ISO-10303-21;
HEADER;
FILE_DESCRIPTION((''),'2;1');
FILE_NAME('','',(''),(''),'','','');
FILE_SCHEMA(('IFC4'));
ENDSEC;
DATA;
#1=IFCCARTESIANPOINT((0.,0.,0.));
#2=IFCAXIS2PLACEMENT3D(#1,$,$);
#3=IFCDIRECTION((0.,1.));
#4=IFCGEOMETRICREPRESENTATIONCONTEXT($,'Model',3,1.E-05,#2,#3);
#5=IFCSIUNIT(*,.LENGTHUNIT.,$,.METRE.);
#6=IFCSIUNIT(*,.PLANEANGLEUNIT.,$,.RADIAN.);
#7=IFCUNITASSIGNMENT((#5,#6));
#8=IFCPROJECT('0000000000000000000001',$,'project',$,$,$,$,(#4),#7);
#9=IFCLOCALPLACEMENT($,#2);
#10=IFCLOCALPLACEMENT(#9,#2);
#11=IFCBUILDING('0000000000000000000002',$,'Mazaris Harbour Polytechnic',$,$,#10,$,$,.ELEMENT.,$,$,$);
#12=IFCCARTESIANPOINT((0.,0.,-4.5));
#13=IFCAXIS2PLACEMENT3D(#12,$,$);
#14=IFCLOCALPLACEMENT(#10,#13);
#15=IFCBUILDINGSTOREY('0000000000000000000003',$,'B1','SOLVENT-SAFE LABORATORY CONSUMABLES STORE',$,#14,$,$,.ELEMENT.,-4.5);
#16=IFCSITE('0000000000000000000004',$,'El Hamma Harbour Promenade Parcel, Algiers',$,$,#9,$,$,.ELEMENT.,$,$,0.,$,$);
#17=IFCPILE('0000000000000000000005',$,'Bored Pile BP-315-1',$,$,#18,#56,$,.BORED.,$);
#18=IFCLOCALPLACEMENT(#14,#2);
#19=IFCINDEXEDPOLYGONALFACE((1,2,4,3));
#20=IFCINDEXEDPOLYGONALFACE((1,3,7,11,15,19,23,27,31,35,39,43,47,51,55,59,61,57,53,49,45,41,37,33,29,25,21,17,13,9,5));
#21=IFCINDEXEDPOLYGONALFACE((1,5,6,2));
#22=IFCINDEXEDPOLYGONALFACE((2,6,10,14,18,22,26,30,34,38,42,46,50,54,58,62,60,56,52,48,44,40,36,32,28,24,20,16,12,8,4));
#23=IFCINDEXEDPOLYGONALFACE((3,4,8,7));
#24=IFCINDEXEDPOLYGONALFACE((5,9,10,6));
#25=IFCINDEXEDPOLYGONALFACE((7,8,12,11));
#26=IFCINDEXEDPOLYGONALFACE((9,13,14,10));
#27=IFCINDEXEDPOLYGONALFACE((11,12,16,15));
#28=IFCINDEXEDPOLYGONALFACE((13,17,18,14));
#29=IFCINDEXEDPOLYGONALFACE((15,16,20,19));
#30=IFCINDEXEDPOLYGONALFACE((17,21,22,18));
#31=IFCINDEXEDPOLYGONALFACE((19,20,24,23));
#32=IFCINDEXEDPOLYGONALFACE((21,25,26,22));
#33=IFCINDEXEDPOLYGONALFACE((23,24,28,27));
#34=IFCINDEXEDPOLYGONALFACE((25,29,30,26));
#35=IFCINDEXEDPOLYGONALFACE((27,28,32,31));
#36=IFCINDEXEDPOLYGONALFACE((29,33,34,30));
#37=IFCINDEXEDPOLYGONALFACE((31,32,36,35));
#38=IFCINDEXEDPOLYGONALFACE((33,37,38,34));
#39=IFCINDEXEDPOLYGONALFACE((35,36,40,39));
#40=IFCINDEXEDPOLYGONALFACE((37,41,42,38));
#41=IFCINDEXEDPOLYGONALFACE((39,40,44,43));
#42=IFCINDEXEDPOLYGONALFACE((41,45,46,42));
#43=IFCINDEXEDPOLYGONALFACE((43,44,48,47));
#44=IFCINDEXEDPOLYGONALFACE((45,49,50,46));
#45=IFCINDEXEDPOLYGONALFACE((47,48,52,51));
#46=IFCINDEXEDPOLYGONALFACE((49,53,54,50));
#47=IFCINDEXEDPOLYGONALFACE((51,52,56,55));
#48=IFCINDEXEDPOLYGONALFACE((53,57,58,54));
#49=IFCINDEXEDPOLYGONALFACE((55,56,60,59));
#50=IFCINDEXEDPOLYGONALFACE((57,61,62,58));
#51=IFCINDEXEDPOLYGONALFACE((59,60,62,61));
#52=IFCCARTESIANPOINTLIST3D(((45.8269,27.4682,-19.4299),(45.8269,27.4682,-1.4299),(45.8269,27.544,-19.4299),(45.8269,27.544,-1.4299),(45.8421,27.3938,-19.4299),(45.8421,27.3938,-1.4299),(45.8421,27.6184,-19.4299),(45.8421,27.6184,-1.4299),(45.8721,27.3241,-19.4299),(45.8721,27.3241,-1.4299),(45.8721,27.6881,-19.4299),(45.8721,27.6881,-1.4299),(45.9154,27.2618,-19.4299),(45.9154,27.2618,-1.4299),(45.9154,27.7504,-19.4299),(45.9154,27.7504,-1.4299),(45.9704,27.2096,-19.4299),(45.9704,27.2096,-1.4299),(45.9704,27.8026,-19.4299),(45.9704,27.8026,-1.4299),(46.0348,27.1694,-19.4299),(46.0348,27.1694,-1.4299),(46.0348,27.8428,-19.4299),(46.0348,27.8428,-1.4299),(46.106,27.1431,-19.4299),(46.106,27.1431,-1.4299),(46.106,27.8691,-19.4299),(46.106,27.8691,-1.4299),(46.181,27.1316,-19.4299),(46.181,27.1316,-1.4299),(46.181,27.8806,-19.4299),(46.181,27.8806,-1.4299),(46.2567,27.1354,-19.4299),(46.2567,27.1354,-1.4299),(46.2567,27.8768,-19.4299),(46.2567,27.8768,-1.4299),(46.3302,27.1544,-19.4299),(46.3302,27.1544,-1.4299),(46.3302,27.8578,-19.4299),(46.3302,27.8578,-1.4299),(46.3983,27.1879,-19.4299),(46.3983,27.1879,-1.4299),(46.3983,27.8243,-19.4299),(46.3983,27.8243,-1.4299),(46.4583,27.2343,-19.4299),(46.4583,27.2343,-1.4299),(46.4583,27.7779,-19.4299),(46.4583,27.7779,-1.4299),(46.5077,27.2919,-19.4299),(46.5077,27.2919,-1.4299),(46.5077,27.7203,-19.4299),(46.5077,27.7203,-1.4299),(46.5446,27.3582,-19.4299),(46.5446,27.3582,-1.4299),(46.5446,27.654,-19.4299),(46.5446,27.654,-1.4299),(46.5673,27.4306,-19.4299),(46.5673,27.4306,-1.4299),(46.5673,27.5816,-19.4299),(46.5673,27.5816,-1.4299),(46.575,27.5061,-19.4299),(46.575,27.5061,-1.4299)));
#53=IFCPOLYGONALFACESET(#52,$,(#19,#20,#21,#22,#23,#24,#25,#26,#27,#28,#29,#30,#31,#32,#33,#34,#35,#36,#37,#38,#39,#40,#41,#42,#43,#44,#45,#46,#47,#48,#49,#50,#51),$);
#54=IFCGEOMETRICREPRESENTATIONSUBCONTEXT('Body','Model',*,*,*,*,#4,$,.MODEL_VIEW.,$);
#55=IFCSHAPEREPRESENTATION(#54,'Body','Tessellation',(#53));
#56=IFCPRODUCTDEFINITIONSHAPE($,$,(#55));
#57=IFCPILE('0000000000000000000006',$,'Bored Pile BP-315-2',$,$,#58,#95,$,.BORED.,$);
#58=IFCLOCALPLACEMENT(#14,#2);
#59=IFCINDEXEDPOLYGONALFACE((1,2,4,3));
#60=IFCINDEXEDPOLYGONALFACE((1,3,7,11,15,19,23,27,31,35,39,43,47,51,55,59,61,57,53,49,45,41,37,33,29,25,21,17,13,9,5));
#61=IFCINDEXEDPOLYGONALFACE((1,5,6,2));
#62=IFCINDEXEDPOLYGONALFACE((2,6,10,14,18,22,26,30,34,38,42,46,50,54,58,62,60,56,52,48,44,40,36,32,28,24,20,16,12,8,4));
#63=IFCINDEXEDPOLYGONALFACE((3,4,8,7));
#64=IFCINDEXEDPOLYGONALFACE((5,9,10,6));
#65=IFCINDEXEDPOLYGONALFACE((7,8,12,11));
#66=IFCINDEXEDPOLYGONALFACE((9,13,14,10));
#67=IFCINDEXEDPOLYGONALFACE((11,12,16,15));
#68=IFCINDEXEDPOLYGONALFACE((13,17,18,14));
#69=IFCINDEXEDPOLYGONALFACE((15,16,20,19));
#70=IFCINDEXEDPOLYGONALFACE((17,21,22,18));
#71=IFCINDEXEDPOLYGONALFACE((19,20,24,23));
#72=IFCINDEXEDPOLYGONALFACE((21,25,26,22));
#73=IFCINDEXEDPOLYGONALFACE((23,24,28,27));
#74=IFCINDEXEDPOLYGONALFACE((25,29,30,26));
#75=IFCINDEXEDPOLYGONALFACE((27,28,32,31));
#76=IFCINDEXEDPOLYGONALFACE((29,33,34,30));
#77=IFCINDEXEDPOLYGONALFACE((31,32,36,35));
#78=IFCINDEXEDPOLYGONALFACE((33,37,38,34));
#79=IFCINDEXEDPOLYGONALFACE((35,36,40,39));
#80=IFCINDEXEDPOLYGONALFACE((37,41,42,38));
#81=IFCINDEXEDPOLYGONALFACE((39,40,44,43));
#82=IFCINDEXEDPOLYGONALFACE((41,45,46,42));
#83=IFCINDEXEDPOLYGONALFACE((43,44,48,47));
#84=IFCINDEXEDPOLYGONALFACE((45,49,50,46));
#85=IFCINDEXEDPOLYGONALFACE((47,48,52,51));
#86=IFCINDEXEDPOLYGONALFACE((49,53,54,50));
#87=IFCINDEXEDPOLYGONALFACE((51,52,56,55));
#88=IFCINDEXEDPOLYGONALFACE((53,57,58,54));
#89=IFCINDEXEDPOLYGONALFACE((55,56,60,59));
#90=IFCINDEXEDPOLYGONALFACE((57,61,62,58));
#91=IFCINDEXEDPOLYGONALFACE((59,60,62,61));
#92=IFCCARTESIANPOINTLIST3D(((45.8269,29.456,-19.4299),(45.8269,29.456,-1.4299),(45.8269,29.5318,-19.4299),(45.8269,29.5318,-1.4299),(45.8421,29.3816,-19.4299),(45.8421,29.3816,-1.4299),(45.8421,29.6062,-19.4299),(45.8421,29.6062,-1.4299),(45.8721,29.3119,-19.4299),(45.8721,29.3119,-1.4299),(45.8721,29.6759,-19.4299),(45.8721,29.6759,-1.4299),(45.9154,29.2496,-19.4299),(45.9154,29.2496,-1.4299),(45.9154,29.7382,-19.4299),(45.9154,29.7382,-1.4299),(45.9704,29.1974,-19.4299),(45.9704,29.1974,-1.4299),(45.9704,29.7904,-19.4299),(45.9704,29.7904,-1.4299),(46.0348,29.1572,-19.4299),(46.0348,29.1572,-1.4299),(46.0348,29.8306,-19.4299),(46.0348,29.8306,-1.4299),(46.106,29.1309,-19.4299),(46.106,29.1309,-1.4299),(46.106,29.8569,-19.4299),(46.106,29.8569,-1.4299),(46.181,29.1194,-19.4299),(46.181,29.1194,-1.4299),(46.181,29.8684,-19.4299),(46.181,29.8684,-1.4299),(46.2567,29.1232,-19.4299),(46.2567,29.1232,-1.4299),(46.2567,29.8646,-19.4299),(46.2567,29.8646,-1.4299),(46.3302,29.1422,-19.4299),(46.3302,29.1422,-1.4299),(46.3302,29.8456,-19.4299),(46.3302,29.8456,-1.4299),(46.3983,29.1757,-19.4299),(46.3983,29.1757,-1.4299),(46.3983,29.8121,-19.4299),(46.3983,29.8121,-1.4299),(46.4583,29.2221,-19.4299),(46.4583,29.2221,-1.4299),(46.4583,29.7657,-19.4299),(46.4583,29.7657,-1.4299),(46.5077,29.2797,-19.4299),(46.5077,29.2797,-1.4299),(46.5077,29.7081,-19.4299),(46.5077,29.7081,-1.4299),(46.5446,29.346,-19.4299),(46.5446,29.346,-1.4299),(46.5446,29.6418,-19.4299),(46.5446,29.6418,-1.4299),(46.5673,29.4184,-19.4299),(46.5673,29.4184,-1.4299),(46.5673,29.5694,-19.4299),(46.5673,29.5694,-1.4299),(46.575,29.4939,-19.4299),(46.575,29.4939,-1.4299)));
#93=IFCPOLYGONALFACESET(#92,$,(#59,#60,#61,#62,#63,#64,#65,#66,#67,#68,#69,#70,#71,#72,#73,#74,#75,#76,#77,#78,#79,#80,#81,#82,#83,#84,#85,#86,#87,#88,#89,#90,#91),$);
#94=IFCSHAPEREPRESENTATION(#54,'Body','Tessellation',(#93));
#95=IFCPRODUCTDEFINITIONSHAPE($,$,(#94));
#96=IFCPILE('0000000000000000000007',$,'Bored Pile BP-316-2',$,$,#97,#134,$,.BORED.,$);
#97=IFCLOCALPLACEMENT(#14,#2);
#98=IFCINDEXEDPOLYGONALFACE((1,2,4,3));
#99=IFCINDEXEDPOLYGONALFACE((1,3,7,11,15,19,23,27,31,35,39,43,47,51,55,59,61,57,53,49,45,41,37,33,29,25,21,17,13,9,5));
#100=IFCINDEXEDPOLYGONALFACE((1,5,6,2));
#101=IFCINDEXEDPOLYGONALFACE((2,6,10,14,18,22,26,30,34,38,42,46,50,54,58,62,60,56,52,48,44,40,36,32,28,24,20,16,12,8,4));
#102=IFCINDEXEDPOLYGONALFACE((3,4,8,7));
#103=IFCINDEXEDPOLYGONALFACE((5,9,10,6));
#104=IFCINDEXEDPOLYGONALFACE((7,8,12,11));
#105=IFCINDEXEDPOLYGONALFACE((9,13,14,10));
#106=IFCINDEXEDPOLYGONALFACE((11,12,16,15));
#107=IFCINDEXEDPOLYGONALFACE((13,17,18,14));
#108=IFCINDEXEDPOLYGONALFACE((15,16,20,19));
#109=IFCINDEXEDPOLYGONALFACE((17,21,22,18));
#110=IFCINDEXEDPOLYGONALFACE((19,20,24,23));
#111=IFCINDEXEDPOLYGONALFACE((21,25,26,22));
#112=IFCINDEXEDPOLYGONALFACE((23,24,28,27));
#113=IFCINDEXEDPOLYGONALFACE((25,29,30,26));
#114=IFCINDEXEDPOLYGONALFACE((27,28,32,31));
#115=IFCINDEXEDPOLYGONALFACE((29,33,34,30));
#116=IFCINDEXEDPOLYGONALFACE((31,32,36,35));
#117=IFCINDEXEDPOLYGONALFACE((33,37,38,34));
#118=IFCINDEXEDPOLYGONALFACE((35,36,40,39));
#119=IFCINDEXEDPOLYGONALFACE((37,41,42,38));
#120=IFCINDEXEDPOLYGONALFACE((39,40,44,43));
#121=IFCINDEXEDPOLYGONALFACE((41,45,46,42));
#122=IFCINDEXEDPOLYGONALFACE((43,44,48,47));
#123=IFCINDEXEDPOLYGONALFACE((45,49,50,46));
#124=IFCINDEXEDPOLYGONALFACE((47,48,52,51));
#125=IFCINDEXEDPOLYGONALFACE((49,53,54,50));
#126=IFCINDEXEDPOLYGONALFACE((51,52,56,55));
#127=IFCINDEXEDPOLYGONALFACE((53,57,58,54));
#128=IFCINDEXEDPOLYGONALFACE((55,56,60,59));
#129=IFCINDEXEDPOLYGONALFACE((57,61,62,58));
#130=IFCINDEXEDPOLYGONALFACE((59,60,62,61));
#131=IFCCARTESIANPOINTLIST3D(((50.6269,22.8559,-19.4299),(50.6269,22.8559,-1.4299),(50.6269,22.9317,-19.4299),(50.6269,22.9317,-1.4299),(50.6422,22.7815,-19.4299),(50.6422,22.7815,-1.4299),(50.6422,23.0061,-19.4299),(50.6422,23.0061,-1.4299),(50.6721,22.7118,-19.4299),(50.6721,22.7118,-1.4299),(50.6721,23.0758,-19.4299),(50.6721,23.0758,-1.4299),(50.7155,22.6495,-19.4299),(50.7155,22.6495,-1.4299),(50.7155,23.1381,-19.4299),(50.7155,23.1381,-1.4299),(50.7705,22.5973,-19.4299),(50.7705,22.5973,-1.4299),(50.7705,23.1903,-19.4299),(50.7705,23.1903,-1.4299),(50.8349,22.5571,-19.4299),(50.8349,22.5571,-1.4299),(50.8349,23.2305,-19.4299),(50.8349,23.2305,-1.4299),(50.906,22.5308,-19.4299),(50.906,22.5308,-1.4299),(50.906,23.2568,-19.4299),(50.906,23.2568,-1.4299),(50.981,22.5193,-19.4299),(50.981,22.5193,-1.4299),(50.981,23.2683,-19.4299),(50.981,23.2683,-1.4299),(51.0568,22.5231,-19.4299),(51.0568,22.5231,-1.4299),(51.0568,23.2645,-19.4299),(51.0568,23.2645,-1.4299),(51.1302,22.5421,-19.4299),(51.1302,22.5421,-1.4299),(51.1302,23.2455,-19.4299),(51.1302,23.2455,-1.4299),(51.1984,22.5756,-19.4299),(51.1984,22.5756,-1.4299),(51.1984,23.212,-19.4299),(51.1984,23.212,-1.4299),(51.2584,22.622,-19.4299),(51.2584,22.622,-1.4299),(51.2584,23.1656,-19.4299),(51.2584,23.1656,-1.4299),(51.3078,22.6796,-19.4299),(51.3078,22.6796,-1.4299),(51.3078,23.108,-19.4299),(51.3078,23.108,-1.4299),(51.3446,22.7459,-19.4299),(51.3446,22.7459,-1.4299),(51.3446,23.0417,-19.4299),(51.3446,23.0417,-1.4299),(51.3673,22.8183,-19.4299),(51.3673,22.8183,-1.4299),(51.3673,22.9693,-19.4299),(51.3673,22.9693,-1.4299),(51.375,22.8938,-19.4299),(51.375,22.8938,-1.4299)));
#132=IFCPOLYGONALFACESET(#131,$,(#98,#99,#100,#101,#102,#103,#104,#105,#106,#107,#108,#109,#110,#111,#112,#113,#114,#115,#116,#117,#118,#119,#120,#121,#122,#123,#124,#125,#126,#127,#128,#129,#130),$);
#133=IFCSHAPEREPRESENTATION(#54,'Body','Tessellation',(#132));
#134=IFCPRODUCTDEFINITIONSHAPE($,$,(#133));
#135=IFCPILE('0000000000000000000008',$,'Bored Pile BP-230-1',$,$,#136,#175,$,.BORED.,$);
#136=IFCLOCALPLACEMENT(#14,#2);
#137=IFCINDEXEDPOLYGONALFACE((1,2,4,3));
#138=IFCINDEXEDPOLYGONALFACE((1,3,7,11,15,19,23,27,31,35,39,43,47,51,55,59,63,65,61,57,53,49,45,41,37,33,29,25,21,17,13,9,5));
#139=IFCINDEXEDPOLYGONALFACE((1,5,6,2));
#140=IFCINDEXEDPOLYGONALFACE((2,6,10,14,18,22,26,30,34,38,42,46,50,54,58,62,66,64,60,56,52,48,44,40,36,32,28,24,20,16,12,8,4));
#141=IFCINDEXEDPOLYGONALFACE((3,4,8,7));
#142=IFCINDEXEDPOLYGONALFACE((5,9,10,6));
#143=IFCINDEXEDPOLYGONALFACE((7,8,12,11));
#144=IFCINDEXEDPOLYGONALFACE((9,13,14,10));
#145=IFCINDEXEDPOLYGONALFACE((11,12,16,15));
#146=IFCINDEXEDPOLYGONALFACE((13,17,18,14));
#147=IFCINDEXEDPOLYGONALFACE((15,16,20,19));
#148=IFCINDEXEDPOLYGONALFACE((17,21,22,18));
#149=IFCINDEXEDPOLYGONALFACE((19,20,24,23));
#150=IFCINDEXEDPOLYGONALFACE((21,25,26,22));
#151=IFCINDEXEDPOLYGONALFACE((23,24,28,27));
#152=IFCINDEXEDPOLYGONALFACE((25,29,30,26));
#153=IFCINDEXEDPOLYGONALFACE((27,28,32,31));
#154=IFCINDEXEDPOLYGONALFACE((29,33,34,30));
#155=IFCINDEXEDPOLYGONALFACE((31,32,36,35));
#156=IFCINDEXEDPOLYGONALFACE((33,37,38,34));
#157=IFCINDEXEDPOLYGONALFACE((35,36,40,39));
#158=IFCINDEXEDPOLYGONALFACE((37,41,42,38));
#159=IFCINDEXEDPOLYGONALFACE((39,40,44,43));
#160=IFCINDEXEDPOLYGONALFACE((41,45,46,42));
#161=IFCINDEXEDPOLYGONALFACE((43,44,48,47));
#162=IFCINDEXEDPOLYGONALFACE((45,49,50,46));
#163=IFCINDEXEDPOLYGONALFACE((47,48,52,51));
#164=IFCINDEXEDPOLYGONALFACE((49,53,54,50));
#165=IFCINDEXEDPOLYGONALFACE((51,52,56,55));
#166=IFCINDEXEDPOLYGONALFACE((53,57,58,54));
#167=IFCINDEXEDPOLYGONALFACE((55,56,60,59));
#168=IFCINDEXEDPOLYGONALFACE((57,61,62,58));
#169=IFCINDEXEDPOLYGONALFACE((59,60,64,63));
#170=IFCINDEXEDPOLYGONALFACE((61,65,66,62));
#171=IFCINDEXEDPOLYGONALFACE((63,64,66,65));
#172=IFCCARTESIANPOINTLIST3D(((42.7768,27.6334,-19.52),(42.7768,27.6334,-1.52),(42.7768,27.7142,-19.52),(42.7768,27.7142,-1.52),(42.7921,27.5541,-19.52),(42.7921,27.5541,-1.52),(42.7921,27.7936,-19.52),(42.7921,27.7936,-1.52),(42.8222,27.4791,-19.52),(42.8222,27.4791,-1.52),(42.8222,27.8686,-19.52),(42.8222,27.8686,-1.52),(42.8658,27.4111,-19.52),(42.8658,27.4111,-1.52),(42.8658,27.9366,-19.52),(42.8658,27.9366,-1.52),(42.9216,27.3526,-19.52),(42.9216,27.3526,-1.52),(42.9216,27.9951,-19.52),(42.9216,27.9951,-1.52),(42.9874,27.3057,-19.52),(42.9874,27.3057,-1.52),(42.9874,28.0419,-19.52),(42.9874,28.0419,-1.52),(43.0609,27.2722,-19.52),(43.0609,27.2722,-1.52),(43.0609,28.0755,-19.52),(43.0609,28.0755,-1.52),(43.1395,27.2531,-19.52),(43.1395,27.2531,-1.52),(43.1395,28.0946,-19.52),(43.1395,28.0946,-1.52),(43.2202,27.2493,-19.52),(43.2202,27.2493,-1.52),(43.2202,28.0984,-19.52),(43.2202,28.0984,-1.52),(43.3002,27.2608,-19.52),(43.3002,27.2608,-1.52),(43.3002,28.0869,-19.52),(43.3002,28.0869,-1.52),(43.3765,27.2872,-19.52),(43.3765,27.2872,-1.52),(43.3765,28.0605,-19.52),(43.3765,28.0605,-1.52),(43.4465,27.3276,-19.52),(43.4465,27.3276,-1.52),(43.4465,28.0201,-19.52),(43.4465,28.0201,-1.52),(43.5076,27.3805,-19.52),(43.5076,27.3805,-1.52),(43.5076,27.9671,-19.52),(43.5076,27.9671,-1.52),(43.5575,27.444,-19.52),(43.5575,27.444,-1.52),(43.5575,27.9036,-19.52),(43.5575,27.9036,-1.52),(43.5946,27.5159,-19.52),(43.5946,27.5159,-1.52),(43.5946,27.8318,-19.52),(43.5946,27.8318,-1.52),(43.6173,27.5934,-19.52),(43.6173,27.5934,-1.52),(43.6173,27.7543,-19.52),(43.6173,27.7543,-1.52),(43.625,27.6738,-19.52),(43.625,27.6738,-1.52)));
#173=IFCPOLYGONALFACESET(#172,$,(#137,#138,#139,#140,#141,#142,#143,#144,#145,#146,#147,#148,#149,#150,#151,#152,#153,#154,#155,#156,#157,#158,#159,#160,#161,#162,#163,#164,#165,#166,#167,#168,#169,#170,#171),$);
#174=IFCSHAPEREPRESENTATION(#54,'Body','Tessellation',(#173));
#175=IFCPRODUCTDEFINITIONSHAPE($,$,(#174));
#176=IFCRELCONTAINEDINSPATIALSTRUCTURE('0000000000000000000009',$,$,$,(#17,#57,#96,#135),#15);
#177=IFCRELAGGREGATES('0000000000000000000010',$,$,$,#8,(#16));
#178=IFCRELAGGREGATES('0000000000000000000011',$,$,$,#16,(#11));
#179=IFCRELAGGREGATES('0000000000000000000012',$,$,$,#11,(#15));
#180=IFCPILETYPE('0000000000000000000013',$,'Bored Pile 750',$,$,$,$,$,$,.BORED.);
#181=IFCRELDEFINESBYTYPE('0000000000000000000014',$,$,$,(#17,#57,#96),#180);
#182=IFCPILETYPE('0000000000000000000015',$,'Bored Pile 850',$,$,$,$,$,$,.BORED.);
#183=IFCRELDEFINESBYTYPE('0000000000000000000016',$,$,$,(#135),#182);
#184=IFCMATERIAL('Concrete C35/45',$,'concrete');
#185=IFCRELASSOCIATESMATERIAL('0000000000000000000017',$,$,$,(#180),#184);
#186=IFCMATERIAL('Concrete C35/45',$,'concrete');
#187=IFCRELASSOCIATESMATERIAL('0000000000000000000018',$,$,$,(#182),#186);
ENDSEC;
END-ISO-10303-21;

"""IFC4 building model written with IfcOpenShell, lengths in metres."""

from ifc_helpers import new_model, si_unit, direction, frame, origin, origin_2d, place, context, subcontext, project, spatial, circle, extrude, material, material_profile, profile_set, type_object, element, save


model = new_model("IFC4")

# Units and contexts
model_context = context("Model", 3, precision=1e-05, world=origin(), true_north=direction((0.0, 1.0)))
body_context = subcontext(model_context, "Body", "Model", "MODEL_VIEW")
ifc_project = project(units=[si_unit("LENGTHUNIT", "METRE"), si_unit("PLANEANGLEUNIT", "RADIAN")], contexts=[model_context])

# Site, building, storey
site_placement = place(None, origin())
site = spatial("IfcSite", under=ifc_project, at=site_placement, Name="El Hamma Harbour Promenade Parcel, Algiers", CompositionType="ELEMENT", RefElevation=0.0)
building_placement = place(site_placement, origin())
building = spatial("IfcBuilding", under=site, at=building_placement, Name="Mazaris Harbour Polytechnic", CompositionType="ELEMENT")
storey_placement = place(building_placement, frame((0.0, 0.0, -4.5)))
storey = spatial("IfcBuildingStorey", under=building, at=storey_placement, Name="B1", Description="SOLVENT-SAFE LABORATORY CONSUMABLES STORE", CompositionType="ELEMENT", Elevation=-4.5)

# Piles
ifc_material_1 = material(Name="Concrete C35/45", Category="concrete")
ifc_material_profile_1 = material_profile(ifc_material_1, circle(Radius=0.375, at=origin_2d()), Name="DIA750")
ifc_profile_set_1 = profile_set([ifc_material_profile_1], Name="Concrete C35/45")
pile_type_1 = type_object("IfcPileType", Name="Bored Pile 750", PredefinedType="BORED", material=ifc_profile_set_1)
for number, where, z_axis, x_axis, name in (
    (1, (46.2, 27.5061, -1.4299), (0.0, 0.0, -1.0), (1.0, 0.0, 0.0), "Bored Pile BP-315-1"),
    (2, (46.2, 29.4939, -1.4299), (0.0, 0.0, -1.0), (1.0, 0.0, 0.0), "Bored Pile BP-315-2"),
    (3, (51.0, 22.8938, -1.4299), (0.0, 0.0, -1.0), (1.0, 0.0, 0.0), "Bored Pile BP-316-2"),
):
    element("IfcPile", number, at=place(storey_placement, frame(where, z_axis=z_axis, x_axis=x_axis)), inside=storey, type_object=pile_type_1, Name=name, PredefinedType="BORED", context=body_context, shape_type="SweptSolid", body=[
        extrude(circle(Radius=0.375, at=origin_2d()), origin(), (0.0, 0.0, 1.0), 18.0),
    ])
ifc_material_2 = material(Name="Concrete C35/45", Category="concrete")
ifc_material_profile_2 = material_profile(ifc_material_2, circle(Radius=0.425, at=origin_2d()), Name="DIA850")
ifc_profile_set_2 = profile_set([ifc_material_profile_2], Name="Concrete C35/45")
pile_type_2 = type_object("IfcPileType", Name="Bored Pile 850", PredefinedType="BORED", material=ifc_profile_set_2)
for number, where, z_axis, x_axis, name in (
    (4, (43.2, 27.6738, -1.52), (0.0, 0.0, -1.0), (1.0, 0.0, 0.0), "Bored Pile BP-230-1"),
):
    element("IfcPile", number, at=place(storey_placement, frame(where, z_axis=z_axis, x_axis=x_axis)), inside=storey, type_object=pile_type_2, Name=name, PredefinedType="BORED", context=body_context, shape_type="SweptSolid", body=[
        extrude(circle(Radius=0.425, at=origin_2d()), origin(), (0.0, 0.0, 1.0), 18.0),
    ])

save(model, "model.ifc")
